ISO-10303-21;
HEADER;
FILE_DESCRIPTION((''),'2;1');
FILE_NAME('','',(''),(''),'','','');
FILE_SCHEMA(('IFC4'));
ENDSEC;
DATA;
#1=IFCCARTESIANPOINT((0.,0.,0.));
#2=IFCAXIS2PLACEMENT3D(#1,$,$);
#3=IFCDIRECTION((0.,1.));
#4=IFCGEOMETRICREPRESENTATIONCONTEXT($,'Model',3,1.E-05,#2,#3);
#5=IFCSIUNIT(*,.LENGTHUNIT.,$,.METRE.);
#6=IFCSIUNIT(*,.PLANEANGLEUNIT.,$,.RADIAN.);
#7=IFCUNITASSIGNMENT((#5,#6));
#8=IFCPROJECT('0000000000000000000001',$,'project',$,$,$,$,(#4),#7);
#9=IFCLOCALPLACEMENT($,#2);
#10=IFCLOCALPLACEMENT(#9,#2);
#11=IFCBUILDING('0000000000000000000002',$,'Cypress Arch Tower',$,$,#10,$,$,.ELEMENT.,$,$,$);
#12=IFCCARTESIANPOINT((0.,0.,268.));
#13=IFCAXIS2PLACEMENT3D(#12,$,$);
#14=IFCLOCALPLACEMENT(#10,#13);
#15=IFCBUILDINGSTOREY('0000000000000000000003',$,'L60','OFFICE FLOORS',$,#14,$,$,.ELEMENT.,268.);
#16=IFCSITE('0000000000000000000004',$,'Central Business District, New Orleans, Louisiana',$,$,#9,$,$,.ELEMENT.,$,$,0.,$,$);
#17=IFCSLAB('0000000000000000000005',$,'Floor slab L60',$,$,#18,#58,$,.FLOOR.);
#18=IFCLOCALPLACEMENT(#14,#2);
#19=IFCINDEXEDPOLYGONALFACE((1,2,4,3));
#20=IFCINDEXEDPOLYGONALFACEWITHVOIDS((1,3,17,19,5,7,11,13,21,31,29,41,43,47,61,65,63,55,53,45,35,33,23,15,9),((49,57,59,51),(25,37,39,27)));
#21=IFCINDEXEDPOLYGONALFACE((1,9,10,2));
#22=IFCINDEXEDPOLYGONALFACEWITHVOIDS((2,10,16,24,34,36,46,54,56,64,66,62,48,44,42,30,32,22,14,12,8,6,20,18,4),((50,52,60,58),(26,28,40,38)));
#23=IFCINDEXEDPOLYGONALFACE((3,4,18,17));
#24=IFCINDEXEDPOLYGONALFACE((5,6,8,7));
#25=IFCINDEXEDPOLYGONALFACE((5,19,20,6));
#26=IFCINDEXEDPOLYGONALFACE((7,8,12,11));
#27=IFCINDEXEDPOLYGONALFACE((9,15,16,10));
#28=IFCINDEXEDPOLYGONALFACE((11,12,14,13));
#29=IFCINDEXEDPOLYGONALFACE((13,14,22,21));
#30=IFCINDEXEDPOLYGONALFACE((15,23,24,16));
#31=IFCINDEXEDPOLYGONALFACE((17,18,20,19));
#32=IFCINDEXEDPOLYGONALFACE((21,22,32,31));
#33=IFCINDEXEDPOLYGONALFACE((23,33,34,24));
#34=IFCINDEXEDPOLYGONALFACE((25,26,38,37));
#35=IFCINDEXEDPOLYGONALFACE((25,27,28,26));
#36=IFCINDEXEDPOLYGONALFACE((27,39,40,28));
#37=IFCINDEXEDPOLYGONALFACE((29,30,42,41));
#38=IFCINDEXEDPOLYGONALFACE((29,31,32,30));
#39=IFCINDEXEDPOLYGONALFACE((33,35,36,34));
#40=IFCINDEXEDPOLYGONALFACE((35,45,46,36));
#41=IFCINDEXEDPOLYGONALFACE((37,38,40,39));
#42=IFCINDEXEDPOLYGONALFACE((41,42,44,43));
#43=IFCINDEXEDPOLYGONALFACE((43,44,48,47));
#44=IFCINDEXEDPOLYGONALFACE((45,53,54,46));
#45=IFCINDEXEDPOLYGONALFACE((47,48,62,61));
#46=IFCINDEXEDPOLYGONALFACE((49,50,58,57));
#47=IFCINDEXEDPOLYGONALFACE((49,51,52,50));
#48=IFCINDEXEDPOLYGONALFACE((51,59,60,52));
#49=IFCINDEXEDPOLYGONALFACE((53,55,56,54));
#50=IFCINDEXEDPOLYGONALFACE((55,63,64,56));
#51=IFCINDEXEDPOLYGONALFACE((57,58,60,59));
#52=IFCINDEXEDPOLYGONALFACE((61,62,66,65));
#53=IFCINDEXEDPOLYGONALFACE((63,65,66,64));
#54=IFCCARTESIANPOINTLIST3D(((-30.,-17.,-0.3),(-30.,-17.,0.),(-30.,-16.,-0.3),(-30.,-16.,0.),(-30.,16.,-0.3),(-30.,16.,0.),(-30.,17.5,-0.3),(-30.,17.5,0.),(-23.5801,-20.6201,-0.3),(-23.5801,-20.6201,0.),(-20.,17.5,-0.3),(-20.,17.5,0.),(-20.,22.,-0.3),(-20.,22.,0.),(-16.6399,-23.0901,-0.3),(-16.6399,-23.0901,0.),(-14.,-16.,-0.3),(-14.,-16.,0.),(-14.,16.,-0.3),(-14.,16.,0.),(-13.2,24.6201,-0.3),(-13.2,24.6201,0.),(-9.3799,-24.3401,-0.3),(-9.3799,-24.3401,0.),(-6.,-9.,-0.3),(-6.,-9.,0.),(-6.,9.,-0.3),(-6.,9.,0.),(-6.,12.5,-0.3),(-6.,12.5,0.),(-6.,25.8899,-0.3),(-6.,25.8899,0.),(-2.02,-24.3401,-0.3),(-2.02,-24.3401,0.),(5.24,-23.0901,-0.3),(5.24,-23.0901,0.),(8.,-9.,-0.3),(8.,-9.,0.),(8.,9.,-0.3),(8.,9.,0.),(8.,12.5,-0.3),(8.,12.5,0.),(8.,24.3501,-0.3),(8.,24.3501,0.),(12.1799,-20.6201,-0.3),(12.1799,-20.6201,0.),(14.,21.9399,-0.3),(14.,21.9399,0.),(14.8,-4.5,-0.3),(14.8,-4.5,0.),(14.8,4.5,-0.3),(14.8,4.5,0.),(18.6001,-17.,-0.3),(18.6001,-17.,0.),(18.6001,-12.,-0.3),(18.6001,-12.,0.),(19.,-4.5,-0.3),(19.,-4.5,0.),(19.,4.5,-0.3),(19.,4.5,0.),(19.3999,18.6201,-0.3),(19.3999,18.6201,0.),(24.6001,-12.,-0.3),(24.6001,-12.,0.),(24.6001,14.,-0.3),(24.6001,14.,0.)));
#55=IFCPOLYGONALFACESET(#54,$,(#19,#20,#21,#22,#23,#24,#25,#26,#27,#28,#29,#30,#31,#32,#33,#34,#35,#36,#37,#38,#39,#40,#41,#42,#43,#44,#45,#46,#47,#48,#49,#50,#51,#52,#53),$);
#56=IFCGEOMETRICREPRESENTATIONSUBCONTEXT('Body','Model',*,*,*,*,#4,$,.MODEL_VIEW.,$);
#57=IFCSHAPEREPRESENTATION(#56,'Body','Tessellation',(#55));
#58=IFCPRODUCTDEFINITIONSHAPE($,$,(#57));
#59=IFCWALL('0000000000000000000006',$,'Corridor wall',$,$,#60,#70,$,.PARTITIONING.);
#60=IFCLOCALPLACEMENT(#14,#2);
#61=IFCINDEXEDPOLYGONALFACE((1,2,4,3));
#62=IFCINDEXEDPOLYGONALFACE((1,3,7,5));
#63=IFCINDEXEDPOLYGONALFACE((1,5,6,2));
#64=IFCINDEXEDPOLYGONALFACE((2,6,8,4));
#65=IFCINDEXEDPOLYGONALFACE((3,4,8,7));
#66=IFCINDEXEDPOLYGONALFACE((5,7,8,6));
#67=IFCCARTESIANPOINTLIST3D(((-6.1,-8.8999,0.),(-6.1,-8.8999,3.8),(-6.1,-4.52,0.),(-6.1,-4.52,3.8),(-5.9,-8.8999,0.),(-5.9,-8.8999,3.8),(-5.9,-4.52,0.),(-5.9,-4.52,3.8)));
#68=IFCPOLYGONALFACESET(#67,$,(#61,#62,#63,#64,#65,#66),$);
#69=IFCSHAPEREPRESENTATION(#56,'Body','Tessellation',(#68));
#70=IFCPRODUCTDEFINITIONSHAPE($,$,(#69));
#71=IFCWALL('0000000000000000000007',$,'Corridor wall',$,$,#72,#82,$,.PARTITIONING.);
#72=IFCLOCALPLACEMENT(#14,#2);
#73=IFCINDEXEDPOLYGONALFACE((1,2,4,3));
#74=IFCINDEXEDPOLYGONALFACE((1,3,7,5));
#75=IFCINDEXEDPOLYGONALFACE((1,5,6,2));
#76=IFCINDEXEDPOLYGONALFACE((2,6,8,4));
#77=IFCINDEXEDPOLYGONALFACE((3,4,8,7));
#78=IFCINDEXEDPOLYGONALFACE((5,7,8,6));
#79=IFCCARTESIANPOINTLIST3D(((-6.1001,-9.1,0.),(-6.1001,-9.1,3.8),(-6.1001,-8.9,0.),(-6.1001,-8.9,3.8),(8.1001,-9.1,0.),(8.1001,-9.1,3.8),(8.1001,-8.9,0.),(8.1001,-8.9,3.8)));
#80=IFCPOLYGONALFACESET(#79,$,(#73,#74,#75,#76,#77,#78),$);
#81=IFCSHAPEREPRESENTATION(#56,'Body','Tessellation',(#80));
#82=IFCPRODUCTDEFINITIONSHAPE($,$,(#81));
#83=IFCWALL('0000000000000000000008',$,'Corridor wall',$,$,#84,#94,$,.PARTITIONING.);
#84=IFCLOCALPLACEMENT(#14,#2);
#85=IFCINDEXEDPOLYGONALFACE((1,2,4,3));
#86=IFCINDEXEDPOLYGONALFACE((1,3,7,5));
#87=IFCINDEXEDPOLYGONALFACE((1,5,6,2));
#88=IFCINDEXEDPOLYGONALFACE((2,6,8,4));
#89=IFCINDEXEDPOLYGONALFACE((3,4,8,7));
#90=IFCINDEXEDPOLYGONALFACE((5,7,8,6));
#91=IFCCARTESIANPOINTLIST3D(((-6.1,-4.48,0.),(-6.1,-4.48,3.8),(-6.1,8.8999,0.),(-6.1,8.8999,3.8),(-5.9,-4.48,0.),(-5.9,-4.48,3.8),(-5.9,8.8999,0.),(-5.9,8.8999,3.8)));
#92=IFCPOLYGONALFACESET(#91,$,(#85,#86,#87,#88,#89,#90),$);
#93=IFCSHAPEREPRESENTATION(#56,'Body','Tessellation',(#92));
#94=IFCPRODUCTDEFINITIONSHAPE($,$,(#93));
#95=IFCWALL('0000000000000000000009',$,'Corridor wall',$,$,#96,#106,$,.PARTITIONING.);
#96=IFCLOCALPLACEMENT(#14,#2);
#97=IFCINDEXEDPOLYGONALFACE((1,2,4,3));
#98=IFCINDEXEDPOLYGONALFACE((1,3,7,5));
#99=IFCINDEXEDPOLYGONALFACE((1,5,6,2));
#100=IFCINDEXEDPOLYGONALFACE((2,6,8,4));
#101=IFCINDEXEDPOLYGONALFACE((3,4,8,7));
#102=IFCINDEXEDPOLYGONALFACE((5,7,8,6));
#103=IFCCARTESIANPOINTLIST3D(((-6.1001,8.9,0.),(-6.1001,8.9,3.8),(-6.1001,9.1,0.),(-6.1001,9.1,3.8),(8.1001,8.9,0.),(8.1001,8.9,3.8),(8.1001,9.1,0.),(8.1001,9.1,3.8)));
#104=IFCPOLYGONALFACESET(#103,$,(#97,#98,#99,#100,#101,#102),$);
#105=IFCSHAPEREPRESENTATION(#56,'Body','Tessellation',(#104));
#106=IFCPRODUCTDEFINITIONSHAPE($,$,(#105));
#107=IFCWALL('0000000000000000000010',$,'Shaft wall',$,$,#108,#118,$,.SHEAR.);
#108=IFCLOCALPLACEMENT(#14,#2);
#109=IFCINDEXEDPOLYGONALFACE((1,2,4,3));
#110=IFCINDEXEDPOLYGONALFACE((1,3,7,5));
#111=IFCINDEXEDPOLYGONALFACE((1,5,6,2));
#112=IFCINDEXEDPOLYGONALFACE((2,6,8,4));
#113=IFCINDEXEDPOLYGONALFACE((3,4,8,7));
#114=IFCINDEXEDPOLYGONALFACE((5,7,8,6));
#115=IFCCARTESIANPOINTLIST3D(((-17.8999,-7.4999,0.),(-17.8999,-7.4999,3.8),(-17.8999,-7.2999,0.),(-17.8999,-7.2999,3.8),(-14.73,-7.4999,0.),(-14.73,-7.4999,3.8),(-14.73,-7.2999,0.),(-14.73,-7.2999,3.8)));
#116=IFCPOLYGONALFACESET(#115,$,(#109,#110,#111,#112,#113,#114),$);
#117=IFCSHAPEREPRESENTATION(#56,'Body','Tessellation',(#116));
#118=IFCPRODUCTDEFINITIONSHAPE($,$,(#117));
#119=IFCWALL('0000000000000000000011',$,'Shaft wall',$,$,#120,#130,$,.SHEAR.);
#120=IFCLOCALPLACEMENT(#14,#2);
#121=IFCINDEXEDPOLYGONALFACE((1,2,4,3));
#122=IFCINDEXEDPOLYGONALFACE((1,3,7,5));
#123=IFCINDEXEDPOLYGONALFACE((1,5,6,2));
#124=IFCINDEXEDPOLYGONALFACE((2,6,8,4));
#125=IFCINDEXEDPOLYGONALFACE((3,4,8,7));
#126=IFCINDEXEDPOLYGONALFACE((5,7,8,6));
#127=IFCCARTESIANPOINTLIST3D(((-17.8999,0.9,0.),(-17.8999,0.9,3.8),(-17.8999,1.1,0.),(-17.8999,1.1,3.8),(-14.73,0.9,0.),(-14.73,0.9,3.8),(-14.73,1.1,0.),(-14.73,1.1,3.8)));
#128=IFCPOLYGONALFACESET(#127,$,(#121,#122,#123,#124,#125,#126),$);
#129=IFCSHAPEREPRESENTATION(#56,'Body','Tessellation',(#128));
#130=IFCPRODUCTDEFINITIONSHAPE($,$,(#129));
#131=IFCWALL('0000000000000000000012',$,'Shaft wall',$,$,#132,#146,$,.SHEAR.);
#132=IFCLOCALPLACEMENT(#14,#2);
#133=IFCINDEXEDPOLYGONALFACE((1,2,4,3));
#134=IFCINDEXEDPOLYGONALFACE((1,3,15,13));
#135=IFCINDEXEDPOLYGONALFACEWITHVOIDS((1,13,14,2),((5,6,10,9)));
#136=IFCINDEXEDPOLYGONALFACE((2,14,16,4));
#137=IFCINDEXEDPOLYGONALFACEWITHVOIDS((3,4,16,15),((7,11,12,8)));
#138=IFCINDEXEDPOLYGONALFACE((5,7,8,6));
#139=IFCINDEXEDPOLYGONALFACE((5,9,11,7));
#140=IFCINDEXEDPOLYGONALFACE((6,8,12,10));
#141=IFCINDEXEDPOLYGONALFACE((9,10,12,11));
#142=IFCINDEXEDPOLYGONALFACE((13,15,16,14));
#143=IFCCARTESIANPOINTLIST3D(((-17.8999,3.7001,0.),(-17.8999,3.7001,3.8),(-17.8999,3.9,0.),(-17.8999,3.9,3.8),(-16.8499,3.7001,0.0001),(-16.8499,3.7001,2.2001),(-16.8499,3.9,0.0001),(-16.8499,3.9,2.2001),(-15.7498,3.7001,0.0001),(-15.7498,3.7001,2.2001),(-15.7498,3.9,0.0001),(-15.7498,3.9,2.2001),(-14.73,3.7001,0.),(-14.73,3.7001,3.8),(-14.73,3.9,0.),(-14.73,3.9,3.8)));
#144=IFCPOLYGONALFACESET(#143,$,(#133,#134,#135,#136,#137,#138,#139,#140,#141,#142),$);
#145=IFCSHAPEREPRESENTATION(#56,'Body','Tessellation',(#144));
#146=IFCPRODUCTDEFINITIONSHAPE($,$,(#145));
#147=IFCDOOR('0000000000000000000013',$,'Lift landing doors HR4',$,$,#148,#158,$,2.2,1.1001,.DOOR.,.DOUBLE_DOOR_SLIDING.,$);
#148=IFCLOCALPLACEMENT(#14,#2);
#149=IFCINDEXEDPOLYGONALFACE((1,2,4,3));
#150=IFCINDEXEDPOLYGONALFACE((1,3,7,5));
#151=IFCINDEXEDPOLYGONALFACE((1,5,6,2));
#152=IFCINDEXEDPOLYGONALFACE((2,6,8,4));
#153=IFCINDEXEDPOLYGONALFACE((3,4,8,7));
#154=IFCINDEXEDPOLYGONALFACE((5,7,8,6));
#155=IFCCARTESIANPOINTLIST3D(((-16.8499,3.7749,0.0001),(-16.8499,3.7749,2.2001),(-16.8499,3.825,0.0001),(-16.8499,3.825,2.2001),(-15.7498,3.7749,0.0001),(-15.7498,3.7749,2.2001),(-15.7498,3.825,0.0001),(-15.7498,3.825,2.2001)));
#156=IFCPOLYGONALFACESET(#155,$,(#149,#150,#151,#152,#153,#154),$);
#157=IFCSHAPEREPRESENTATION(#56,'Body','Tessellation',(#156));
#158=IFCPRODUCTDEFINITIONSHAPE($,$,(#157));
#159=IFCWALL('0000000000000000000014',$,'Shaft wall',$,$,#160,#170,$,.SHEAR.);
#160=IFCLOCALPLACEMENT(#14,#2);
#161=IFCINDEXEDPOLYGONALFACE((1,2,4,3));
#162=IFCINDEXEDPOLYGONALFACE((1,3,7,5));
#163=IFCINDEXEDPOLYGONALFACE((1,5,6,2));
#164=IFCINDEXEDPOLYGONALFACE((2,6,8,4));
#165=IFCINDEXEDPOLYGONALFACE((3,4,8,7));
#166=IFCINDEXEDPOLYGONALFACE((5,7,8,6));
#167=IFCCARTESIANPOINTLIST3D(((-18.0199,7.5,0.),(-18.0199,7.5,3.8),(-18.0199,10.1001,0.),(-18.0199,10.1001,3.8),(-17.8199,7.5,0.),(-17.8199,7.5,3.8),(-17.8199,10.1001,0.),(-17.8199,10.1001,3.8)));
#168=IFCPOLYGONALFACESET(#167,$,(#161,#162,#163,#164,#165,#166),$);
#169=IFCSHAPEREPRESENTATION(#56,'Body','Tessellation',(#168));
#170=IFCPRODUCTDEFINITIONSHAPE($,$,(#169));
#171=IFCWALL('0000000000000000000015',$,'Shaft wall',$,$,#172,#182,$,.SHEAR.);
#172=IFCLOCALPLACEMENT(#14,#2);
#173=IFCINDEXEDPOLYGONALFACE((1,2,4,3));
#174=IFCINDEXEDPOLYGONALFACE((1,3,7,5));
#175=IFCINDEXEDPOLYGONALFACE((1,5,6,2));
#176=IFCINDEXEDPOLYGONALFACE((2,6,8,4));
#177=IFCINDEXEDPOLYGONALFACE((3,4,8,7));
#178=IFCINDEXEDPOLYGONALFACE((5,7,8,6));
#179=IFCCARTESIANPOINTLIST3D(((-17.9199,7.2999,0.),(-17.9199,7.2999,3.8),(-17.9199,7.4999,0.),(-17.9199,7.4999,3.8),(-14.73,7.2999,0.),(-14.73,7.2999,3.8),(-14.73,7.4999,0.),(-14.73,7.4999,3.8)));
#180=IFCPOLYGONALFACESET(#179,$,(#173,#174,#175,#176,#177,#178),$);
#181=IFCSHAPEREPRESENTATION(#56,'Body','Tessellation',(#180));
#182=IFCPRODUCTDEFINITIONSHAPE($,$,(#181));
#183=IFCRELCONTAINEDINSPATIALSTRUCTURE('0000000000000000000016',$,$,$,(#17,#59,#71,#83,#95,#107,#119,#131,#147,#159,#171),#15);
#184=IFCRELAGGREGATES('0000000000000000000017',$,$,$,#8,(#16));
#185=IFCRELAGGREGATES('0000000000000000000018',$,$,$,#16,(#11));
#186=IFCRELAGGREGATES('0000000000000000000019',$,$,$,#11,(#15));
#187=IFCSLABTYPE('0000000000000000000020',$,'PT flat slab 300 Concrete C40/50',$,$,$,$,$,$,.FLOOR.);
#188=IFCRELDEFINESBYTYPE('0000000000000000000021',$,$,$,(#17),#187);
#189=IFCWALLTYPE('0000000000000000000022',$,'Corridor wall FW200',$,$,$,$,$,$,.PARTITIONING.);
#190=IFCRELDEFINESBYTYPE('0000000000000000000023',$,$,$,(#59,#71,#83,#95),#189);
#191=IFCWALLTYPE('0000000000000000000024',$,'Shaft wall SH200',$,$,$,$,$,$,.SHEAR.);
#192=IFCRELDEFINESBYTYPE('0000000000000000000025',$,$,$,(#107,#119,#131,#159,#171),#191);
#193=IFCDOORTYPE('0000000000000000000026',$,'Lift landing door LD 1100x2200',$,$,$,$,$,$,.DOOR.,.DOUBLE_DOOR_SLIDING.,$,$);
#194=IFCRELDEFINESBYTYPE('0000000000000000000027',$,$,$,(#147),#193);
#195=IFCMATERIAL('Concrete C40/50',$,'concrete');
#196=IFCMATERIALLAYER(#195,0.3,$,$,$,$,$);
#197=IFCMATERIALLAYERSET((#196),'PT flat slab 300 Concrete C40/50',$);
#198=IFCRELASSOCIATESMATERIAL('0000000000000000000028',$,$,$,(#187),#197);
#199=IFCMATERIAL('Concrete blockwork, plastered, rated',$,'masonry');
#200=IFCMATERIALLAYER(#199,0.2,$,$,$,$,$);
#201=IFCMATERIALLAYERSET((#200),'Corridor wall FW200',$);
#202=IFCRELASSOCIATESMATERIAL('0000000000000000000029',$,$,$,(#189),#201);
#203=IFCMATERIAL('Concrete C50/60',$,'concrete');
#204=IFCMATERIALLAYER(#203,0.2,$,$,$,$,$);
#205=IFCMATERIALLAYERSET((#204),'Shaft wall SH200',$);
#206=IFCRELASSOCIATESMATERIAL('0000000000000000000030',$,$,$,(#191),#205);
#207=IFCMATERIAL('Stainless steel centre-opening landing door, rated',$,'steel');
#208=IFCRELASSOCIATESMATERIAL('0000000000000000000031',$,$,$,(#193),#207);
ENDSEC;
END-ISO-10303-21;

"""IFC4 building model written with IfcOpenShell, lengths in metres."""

from ifc_helpers import new_model, si_unit, direction, frame, frame_2d, origin, place, context, subcontext, project, spatial, polyline, rectangle, outline, extrude, material, layer, layer_set, type_object, element, fill, save


model = new_model("IFC4")

# Units and contexts
model_context = context("Model", 3, precision=1e-05, world=origin(), true_north=direction((0.0, 1.0)))
body_context = subcontext(model_context, "Body", "Model", "MODEL_VIEW")
ifc_project = project(units=[si_unit("LENGTHUNIT", "METRE"), si_unit("PLANEANGLEUNIT", "RADIAN")], contexts=[model_context])

# Site, building, storey
site_placement = place(None, origin())
site = spatial("IfcSite", under=ifc_project, at=site_placement, Name="Central Business District, New Orleans, Louisiana", CompositionType="ELEMENT", RefElevation=0.0)
building_placement = place(site_placement, origin())
building = spatial("IfcBuilding", under=site, at=building_placement, Name="Cypress Arch Tower", CompositionType="ELEMENT")
storey_placement = place(building_placement, frame((0.0, 0.0, 268.0)))
storey = spatial("IfcBuildingStorey", under=building, at=storey_placement, Name="L60", Description="OFFICE FLOORS", CompositionType="ELEMENT", Elevation=268.0)

# Slab
ifc_material_1 = material(Name="Concrete C40/50", Category="concrete")
ifc_layer_1 = layer(ifc_material_1, 0.3)
ifc_layer_set_1 = layer_set([ifc_layer_1], Name="PT flat slab 300 Concrete C40/50")
slab_type = type_object("IfcSlabType", Name="PT flat slab 300 Concrete C40/50", PredefinedType="FLOOR", material=ifc_layer_set_1)
slab_placement = place(storey_placement, frame((0.0, 0.0, -0.3)))
element("IfcSlab", 1, at=slab_placement, inside=storey, type_object=slab_type, Name="Floor slab L60", PredefinedType="FLOOR", context=body_context, shape_type="SweptSolid", body=[
    extrude(outline(polyline([(-30.0, 17.5), (-20.0, 17.5), (-20.0, 22.0), (-13.2, 24.6201), (-6.0, 25.8899), (-6.0, 12.5), (8.0, 12.5), (8.0, 24.3501), (14.0, 21.9399), (19.3999, 18.6201), (24.6001, 14.0), (24.6001, -12.0), (18.6001, -12.0), (18.6001, -17.0), (12.1799, -20.6201), (5.24, -23.0901), (-2.02, -24.3401), (-9.3799, -24.3401), (-16.6399, -23.0901), (-23.5801, -20.6201), (-30.0, -17.0), (-30.0, -16.0), (-14.0, -16.0), (-14.0, 16.0), (-30.0, 16.0), (-30.0, 17.5)]), holes=[polyline([(-6.0, -9.0), (8.0, -9.0), (8.0, 9.0), (-6.0, 9.0), (-6.0, -9.0)]), polyline([(14.8, -4.5), (19.0, -4.5), (19.0, 4.5), (14.8, 4.5), (14.8, -4.5)])]), origin(), (0.0, 0.0, 1.0), 0.3),
])

# Walls
ifc_material_2 = material(Name="Concrete blockwork, plastered, rated", Category="masonry")
ifc_layer_2 = layer(ifc_material_2, 0.2)
ifc_layer_set_2 = layer_set([ifc_layer_2], Name="Corridor wall FW200")
wall_type_1 = type_object("IfcWallType", Name="Corridor wall FW200", PredefinedType="PARTITIONING", material=ifc_layer_set_2)
wall_1_placement = place(storey_placement, frame((-6.0, -8.8999, 0.0), z_axis=(0.0, 0.0, 1.0), x_axis=(0.0, 1.0, 0.0)))
element("IfcWall", 2, at=wall_1_placement, inside=storey, type_object=wall_type_1, Name="Corridor wall", PredefinedType="PARTITIONING", context=body_context, shape_type="SweptSolid", body=[
    extrude(rectangle(XDim=4.3799, YDim=0.2, at=frame_2d((2.1899, 0.0))), origin(), (0.0, 0.0, 1.0), 3.8),
])
wall_2_placement = place(storey_placement, frame((-6.1001, -9.0, 0.0), z_axis=(0.0, 0.0, 1.0), x_axis=(1.0, 0.0, 0.0)))
element("IfcWall", 3, at=wall_2_placement, inside=storey, type_object=wall_type_1, Name="Corridor wall", PredefinedType="PARTITIONING", context=body_context, shape_type="SweptSolid", body=[
    extrude(rectangle(XDim=14.2002, YDim=0.2, at=frame_2d((7.1001, 0.0))), origin(), (0.0, 0.0, 1.0), 3.8),
])
wall_3_placement = place(storey_placement, frame((-6.0, -4.48, 0.0), z_axis=(0.0, 0.0, 1.0), x_axis=(0.0, 1.0, 0.0)))
element("IfcWall", 4, at=wall_3_placement, inside=storey, type_object=wall_type_1, Name="Corridor wall", PredefinedType="PARTITIONING", context=body_context, shape_type="SweptSolid", body=[
    extrude(rectangle(XDim=13.3799, YDim=0.2, at=frame_2d((6.6899, 0.0))), origin(), (0.0, 0.0, 1.0), 3.8),
])
wall_4_placement = place(storey_placement, frame((-6.1001, 9.0, 0.0), z_axis=(0.0, 0.0, 1.0), x_axis=(1.0, 0.0, 0.0)))
element("IfcWall", 5, at=wall_4_placement, inside=storey, type_object=wall_type_1, Name="Corridor wall", PredefinedType="PARTITIONING", context=body_context, shape_type="SweptSolid", body=[
    extrude(rectangle(XDim=14.2002, YDim=0.2, at=frame_2d((7.1001, 0.0))), origin(), (0.0, 0.0, 1.0), 3.8),
])
ifc_material_3 = material(Name="Concrete C50/60", Category="concrete")
ifc_layer_3 = layer(ifc_material_3, 0.2)
ifc_layer_set_3 = layer_set([ifc_layer_3], Name="Shaft wall SH200")
wall_type_2 = type_object("IfcWallType", Name="Shaft wall SH200", PredefinedType="SHEAR", material=ifc_layer_set_3)
for number, where, z_axis, x_axis, name in (
    (6, (-17.8999, -7.3999, 0.0), (0.0, 0.0, 1.0), (1.0, 0.0, 0.0), "Shaft wall"),
    (7, (-17.8999, 1.0, 0.0), (0.0, 0.0, 1.0), (1.0, 0.0, 0.0), "Shaft wall"),
):
    element("IfcWall", number, at=place(storey_placement, frame(where, z_axis=z_axis, x_axis=x_axis)), inside=storey, type_object=wall_type_2, Name=name, PredefinedType="SHEAR", context=body_context, shape_type="SweptSolid", body=[
        extrude(rectangle(XDim=3.1699, YDim=0.2, at=frame_2d((1.585, 0.0))), origin(), (0.0, 0.0, 1.0), 3.8),
    ])

# Wall, opening, door
wall_5_placement = place(storey_placement, frame((-17.8999, 3.8, 0.0), z_axis=(0.0, 0.0, 1.0), x_axis=(1.0, 0.0, 0.0)))
wall_5 = element("IfcWall", 8, at=wall_5_placement, inside=storey, type_object=wall_type_2, Name="Shaft wall", PredefinedType="SHEAR", context=body_context, shape_type="SweptSolid", body=[
    extrude(rectangle(XDim=3.1699, YDim=0.2, at=frame_2d((1.585, 0.0))), origin(), (0.0, 0.0, 1.0), 3.8),
])
opening_placement = place(wall_5_placement, frame((1.05, 0.0, 0.0)))
opening = element("IfcOpeningElement", 9, at=opening_placement, cuts=wall_5, PredefinedType="OPENING", context=body_context, shape_type="SweptSolid", body=[
    extrude(rectangle(XDim=1.1001, YDim=2.2, at=frame_2d((0.55, 1.1001))), frame((0.0, 0.1099, 0.0), z_axis=(0.0, -1.0, 0.0), x_axis=(1.0, 0.0, 0.0)), (0.0, 0.0, 1.0), 0.22),
])
ifc_material_4 = material(Name="Stainless steel centre-opening landing door, rated", Category="steel")
door_type = type_object("IfcDoorType", Name="Lift landing door LD 1100x2200", OperationType="DOUBLE_DOOR_SLIDING", PredefinedType="DOOR", material=ifc_material_4)
door_placement = place(opening_placement, origin())
door = element("IfcDoor", 10, at=door_placement, inside=storey, type_object=door_type, Name="Lift landing doors HR4", OperationType="DOUBLE_DOOR_SLIDING", OverallHeight=2.2, OverallWidth=1.1001, PredefinedType="DOOR", context=body_context, shape_type="SweptSolid", body=[
    extrude(rectangle(XDim=1.1001, YDim=2.2, at=frame_2d((0.55, 1.1001))), frame((0.0, 0.0249, 0.0), z_axis=(0.0, -1.0, 0.0), x_axis=(1.0, 0.0, 0.0)), (0.0, 0.0, 1.0), 0.05),
])
fill(opening, door)

# Walls
wall_6_placement = place(storey_placement, frame((-17.9199, 7.5, 0.0), z_axis=(0.0, 0.0, 1.0), x_axis=(0.0, 1.0, 0.0)))
element("IfcWall", 11, at=wall_6_placement, inside=storey, type_object=wall_type_2, Name="Shaft wall", PredefinedType="SHEAR", context=body_context, shape_type="SweptSolid", body=[
    extrude(rectangle(XDim=2.6001, YDim=0.2, at=frame_2d((1.3, 0.0))), origin(), (0.0, 0.0, 1.0), 3.8),
])
wall_7_placement = place(storey_placement, frame((-17.9199, 7.3999, 0.0), z_axis=(0.0, 0.0, 1.0), x_axis=(1.0, 0.0, 0.0)))
element("IfcWall", 12, at=wall_7_placement, inside=storey, type_object=wall_type_2, Name="Shaft wall", PredefinedType="SHEAR", context=body_context, shape_type="SweptSolid", body=[
    extrude(rectangle(XDim=3.1899, YDim=0.2, at=frame_2d((1.595, 0.0))), origin(), (0.0, 0.0, 1.0), 3.8),
])

save(model, "model.ifc")
